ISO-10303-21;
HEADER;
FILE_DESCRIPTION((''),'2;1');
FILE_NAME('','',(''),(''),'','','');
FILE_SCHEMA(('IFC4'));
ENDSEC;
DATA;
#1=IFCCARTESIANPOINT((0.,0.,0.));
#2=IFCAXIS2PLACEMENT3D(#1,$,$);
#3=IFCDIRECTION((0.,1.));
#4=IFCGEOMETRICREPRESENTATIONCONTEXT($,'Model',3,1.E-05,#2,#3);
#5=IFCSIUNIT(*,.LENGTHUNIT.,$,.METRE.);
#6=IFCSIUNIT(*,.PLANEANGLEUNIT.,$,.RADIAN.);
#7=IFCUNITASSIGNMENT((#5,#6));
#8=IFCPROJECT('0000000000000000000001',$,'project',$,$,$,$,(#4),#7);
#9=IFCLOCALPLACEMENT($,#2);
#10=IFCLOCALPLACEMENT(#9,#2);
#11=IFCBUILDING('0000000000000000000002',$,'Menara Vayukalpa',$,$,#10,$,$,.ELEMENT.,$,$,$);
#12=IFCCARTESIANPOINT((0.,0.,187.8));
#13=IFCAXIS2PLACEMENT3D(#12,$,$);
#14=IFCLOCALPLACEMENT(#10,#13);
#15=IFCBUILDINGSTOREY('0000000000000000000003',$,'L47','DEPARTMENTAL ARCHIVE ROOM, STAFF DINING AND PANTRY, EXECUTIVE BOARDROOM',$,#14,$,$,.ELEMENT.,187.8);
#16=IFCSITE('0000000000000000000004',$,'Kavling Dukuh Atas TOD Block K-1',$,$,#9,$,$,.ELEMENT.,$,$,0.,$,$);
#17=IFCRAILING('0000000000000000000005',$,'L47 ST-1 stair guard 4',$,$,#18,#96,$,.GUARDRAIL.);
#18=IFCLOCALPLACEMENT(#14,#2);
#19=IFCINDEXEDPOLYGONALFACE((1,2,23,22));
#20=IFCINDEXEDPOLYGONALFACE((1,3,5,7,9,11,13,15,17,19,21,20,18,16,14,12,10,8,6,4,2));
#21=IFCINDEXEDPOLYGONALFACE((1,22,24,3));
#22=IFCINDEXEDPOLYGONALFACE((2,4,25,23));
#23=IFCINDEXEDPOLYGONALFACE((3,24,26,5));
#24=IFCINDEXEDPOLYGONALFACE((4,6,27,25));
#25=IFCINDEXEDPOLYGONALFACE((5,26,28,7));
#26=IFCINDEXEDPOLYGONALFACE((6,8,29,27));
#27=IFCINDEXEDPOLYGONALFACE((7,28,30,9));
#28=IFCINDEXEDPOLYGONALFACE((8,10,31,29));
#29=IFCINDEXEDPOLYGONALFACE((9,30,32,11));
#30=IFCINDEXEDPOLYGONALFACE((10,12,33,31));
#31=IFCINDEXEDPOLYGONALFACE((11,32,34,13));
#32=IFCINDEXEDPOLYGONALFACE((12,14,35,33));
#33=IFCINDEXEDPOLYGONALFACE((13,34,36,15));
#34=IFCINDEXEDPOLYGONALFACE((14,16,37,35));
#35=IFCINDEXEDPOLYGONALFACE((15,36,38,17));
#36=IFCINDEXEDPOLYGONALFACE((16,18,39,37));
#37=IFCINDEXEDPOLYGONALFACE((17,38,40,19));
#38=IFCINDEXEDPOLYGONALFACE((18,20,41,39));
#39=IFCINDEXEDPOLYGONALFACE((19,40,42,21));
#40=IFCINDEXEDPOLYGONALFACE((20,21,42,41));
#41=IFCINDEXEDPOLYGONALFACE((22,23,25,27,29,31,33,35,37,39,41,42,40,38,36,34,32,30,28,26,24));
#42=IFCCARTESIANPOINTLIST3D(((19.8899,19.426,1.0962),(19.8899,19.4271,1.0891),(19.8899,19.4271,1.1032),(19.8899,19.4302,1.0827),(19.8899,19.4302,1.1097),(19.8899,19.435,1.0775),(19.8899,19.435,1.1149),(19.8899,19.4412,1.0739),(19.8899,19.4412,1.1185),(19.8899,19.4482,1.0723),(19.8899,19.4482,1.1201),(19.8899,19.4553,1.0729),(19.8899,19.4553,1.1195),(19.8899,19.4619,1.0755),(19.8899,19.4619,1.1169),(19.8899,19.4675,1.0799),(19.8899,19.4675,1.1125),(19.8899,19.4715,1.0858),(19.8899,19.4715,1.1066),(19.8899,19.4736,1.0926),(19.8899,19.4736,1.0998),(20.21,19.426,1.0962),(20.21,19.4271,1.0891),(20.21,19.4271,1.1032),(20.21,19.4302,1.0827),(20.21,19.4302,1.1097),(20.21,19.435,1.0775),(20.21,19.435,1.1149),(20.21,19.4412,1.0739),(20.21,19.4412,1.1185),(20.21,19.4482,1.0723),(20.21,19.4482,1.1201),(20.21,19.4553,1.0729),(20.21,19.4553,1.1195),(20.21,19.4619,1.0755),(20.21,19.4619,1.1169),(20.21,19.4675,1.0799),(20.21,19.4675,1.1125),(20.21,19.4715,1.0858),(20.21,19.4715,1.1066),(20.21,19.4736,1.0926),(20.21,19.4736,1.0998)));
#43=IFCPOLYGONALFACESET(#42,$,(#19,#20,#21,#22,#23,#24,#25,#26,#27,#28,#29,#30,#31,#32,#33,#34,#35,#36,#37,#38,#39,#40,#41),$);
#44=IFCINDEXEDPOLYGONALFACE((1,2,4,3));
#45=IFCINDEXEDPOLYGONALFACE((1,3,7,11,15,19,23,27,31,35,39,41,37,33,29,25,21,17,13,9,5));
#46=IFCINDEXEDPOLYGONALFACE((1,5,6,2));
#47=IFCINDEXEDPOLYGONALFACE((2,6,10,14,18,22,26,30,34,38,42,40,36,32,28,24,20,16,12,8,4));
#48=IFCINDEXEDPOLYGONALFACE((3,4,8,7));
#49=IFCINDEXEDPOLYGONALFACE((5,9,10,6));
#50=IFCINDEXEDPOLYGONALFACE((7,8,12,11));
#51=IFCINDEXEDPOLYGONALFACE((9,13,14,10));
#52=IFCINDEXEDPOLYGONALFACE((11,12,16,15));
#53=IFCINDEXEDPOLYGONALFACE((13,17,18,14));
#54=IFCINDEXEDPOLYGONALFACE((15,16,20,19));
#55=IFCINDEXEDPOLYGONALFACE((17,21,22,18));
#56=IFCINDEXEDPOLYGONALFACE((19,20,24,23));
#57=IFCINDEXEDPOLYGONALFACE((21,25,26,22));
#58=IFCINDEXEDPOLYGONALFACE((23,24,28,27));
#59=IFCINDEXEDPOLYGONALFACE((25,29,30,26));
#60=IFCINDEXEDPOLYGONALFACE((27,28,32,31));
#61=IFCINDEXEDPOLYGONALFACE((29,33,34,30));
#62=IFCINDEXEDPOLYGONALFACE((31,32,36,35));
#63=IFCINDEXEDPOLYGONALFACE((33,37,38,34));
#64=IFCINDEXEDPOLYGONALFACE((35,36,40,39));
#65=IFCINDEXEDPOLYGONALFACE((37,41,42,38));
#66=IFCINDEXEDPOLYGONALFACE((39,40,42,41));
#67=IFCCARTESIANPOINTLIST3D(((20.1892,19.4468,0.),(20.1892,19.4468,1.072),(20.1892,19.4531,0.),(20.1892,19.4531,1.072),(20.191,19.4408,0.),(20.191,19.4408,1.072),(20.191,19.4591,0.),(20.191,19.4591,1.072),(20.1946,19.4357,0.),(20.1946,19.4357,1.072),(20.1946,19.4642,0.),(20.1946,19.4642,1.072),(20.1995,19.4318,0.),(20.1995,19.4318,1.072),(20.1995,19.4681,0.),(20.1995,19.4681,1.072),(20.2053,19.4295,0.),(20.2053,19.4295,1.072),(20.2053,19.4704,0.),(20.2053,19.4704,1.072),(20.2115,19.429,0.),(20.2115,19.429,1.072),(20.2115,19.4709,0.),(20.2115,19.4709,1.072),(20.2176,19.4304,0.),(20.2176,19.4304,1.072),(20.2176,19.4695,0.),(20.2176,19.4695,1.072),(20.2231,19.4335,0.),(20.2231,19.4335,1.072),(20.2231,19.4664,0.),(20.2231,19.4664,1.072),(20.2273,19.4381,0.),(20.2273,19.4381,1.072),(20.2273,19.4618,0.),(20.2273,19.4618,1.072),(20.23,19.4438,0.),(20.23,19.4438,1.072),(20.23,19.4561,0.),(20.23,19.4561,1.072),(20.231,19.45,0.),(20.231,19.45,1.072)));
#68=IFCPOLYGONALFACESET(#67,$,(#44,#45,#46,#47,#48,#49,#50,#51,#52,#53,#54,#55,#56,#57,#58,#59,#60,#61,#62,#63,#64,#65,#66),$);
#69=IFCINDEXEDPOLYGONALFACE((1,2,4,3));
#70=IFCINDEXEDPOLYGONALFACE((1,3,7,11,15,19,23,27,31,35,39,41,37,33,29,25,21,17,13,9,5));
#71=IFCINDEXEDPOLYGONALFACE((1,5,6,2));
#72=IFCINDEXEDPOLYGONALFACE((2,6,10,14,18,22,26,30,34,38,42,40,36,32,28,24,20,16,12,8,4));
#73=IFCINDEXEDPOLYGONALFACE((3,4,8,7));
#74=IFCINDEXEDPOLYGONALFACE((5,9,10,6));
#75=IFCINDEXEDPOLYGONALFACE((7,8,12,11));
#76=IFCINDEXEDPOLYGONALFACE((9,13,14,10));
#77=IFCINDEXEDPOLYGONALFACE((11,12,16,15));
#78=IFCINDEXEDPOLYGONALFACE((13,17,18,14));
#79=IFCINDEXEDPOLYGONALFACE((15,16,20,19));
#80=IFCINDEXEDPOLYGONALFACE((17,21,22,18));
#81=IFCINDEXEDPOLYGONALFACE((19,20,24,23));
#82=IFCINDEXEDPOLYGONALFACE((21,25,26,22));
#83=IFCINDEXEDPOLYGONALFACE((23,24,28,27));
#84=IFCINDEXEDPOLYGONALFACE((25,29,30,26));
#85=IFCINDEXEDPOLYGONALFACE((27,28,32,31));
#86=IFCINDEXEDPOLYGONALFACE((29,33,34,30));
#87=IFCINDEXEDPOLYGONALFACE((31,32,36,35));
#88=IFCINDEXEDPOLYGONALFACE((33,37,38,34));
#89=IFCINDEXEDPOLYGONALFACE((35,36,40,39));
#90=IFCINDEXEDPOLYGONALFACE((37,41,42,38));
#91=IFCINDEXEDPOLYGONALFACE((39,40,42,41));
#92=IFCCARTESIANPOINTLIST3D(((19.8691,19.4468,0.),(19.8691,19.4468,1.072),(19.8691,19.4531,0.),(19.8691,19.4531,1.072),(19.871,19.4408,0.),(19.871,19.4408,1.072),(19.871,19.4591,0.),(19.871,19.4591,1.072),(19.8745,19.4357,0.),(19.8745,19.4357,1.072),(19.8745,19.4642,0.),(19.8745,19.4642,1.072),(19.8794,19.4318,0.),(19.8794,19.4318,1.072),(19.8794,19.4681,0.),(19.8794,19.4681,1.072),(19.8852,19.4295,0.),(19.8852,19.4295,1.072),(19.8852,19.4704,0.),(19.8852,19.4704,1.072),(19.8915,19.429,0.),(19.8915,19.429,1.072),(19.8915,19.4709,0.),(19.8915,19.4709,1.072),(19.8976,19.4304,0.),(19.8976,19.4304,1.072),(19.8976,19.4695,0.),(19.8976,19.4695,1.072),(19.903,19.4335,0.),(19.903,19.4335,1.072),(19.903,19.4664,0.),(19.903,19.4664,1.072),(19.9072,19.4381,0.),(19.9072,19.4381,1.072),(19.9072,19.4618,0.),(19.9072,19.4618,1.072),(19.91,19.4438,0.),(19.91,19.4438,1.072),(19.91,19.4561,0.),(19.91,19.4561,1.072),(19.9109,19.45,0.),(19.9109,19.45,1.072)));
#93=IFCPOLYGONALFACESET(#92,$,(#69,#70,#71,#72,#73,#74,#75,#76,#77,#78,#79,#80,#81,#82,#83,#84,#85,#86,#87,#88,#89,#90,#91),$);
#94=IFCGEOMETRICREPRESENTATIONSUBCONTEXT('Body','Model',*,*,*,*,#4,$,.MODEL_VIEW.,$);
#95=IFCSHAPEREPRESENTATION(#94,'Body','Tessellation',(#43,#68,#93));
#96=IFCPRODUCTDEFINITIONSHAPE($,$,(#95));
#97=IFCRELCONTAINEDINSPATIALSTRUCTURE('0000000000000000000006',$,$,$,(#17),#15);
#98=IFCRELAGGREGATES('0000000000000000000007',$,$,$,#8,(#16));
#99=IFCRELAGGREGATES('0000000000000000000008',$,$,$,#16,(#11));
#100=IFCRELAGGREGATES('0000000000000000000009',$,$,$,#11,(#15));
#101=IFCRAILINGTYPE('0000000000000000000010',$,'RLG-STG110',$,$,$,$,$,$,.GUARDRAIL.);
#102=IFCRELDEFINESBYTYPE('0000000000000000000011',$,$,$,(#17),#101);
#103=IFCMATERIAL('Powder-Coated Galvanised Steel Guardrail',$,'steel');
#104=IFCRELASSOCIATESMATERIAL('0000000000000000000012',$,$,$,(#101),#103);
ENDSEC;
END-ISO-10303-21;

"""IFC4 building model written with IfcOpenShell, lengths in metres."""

from ifc_helpers import new_model, si_unit, direction, frame, origin, origin_2d, place, context, subcontext, project, spatial, circle, extrude, material, type_object, element, save


model = new_model("IFC4")

# Units and contexts
model_context = context("Model", 3, precision=1e-05, world=origin(), true_north=direction((0.0, 1.0)))
body_context = subcontext(model_context, "Body", "Model", "MODEL_VIEW")
ifc_project = project(units=[si_unit("LENGTHUNIT", "METRE"), si_unit("PLANEANGLEUNIT", "RADIAN")], contexts=[model_context])

# Site, building, storey
site_placement = place(None, origin())
site = spatial("IfcSite", under=ifc_project, at=site_placement, Name="Kavling Dukuh Atas TOD Block K-1", CompositionType="ELEMENT", RefElevation=0.0)
building_placement = place(site_placement, origin())
building = spatial("IfcBuilding", under=site, at=building_placement, Name="Menara Vayukalpa", CompositionType="ELEMENT")
storey_placement = place(building_placement, frame((0.0, 0.0, 187.8)))
storey = spatial("IfcBuildingStorey", under=building, at=storey_placement, Name="L47", Description="DEPARTMENTAL ARCHIVE ROOM, STAFF DINING AND PANTRY, EXECUTIVE BOARDROOM", CompositionType="ELEMENT", Elevation=187.8)

# Railing
ifc_material_1 = material(Name="Powder-Coated Galvanised Steel Guardrail", Category="steel")
railing_type_1 = type_object("IfcRailingType", Name="RLG-STG110", PredefinedType="GUARDRAIL", material=ifc_material_1)
railing_1_placement = place(storey_placement, frame((20.21, 19.45, 0.0)))
element("IfcRailing", 1, at=railing_1_placement, inside=storey, type_object=railing_type_1, Name="L47 ST-1 stair guard 4", PredefinedType="GUARDRAIL", context=body_context, shape_type="SweptSolid", body=[
    extrude(circle(Radius=0.0239, at=origin_2d()), frame((0.0, 0.0, 1.0962), z_axis=(-1.0, 0.0, 0.0), x_axis=(0.0, -1.0, 0.0)), (0.0, 0.0, 1.0), 0.3201),
    extrude(circle(Radius=0.021, at=origin_2d()), origin(), (0.0, 0.0, 1.0), 1.072),
    extrude(circle(Radius=0.021, at=origin_2d()), frame((-0.3201, 0.0, 0.0)), (0.0, 0.0, 1.0), 1.072),
])

save(model, "model.ifc")
